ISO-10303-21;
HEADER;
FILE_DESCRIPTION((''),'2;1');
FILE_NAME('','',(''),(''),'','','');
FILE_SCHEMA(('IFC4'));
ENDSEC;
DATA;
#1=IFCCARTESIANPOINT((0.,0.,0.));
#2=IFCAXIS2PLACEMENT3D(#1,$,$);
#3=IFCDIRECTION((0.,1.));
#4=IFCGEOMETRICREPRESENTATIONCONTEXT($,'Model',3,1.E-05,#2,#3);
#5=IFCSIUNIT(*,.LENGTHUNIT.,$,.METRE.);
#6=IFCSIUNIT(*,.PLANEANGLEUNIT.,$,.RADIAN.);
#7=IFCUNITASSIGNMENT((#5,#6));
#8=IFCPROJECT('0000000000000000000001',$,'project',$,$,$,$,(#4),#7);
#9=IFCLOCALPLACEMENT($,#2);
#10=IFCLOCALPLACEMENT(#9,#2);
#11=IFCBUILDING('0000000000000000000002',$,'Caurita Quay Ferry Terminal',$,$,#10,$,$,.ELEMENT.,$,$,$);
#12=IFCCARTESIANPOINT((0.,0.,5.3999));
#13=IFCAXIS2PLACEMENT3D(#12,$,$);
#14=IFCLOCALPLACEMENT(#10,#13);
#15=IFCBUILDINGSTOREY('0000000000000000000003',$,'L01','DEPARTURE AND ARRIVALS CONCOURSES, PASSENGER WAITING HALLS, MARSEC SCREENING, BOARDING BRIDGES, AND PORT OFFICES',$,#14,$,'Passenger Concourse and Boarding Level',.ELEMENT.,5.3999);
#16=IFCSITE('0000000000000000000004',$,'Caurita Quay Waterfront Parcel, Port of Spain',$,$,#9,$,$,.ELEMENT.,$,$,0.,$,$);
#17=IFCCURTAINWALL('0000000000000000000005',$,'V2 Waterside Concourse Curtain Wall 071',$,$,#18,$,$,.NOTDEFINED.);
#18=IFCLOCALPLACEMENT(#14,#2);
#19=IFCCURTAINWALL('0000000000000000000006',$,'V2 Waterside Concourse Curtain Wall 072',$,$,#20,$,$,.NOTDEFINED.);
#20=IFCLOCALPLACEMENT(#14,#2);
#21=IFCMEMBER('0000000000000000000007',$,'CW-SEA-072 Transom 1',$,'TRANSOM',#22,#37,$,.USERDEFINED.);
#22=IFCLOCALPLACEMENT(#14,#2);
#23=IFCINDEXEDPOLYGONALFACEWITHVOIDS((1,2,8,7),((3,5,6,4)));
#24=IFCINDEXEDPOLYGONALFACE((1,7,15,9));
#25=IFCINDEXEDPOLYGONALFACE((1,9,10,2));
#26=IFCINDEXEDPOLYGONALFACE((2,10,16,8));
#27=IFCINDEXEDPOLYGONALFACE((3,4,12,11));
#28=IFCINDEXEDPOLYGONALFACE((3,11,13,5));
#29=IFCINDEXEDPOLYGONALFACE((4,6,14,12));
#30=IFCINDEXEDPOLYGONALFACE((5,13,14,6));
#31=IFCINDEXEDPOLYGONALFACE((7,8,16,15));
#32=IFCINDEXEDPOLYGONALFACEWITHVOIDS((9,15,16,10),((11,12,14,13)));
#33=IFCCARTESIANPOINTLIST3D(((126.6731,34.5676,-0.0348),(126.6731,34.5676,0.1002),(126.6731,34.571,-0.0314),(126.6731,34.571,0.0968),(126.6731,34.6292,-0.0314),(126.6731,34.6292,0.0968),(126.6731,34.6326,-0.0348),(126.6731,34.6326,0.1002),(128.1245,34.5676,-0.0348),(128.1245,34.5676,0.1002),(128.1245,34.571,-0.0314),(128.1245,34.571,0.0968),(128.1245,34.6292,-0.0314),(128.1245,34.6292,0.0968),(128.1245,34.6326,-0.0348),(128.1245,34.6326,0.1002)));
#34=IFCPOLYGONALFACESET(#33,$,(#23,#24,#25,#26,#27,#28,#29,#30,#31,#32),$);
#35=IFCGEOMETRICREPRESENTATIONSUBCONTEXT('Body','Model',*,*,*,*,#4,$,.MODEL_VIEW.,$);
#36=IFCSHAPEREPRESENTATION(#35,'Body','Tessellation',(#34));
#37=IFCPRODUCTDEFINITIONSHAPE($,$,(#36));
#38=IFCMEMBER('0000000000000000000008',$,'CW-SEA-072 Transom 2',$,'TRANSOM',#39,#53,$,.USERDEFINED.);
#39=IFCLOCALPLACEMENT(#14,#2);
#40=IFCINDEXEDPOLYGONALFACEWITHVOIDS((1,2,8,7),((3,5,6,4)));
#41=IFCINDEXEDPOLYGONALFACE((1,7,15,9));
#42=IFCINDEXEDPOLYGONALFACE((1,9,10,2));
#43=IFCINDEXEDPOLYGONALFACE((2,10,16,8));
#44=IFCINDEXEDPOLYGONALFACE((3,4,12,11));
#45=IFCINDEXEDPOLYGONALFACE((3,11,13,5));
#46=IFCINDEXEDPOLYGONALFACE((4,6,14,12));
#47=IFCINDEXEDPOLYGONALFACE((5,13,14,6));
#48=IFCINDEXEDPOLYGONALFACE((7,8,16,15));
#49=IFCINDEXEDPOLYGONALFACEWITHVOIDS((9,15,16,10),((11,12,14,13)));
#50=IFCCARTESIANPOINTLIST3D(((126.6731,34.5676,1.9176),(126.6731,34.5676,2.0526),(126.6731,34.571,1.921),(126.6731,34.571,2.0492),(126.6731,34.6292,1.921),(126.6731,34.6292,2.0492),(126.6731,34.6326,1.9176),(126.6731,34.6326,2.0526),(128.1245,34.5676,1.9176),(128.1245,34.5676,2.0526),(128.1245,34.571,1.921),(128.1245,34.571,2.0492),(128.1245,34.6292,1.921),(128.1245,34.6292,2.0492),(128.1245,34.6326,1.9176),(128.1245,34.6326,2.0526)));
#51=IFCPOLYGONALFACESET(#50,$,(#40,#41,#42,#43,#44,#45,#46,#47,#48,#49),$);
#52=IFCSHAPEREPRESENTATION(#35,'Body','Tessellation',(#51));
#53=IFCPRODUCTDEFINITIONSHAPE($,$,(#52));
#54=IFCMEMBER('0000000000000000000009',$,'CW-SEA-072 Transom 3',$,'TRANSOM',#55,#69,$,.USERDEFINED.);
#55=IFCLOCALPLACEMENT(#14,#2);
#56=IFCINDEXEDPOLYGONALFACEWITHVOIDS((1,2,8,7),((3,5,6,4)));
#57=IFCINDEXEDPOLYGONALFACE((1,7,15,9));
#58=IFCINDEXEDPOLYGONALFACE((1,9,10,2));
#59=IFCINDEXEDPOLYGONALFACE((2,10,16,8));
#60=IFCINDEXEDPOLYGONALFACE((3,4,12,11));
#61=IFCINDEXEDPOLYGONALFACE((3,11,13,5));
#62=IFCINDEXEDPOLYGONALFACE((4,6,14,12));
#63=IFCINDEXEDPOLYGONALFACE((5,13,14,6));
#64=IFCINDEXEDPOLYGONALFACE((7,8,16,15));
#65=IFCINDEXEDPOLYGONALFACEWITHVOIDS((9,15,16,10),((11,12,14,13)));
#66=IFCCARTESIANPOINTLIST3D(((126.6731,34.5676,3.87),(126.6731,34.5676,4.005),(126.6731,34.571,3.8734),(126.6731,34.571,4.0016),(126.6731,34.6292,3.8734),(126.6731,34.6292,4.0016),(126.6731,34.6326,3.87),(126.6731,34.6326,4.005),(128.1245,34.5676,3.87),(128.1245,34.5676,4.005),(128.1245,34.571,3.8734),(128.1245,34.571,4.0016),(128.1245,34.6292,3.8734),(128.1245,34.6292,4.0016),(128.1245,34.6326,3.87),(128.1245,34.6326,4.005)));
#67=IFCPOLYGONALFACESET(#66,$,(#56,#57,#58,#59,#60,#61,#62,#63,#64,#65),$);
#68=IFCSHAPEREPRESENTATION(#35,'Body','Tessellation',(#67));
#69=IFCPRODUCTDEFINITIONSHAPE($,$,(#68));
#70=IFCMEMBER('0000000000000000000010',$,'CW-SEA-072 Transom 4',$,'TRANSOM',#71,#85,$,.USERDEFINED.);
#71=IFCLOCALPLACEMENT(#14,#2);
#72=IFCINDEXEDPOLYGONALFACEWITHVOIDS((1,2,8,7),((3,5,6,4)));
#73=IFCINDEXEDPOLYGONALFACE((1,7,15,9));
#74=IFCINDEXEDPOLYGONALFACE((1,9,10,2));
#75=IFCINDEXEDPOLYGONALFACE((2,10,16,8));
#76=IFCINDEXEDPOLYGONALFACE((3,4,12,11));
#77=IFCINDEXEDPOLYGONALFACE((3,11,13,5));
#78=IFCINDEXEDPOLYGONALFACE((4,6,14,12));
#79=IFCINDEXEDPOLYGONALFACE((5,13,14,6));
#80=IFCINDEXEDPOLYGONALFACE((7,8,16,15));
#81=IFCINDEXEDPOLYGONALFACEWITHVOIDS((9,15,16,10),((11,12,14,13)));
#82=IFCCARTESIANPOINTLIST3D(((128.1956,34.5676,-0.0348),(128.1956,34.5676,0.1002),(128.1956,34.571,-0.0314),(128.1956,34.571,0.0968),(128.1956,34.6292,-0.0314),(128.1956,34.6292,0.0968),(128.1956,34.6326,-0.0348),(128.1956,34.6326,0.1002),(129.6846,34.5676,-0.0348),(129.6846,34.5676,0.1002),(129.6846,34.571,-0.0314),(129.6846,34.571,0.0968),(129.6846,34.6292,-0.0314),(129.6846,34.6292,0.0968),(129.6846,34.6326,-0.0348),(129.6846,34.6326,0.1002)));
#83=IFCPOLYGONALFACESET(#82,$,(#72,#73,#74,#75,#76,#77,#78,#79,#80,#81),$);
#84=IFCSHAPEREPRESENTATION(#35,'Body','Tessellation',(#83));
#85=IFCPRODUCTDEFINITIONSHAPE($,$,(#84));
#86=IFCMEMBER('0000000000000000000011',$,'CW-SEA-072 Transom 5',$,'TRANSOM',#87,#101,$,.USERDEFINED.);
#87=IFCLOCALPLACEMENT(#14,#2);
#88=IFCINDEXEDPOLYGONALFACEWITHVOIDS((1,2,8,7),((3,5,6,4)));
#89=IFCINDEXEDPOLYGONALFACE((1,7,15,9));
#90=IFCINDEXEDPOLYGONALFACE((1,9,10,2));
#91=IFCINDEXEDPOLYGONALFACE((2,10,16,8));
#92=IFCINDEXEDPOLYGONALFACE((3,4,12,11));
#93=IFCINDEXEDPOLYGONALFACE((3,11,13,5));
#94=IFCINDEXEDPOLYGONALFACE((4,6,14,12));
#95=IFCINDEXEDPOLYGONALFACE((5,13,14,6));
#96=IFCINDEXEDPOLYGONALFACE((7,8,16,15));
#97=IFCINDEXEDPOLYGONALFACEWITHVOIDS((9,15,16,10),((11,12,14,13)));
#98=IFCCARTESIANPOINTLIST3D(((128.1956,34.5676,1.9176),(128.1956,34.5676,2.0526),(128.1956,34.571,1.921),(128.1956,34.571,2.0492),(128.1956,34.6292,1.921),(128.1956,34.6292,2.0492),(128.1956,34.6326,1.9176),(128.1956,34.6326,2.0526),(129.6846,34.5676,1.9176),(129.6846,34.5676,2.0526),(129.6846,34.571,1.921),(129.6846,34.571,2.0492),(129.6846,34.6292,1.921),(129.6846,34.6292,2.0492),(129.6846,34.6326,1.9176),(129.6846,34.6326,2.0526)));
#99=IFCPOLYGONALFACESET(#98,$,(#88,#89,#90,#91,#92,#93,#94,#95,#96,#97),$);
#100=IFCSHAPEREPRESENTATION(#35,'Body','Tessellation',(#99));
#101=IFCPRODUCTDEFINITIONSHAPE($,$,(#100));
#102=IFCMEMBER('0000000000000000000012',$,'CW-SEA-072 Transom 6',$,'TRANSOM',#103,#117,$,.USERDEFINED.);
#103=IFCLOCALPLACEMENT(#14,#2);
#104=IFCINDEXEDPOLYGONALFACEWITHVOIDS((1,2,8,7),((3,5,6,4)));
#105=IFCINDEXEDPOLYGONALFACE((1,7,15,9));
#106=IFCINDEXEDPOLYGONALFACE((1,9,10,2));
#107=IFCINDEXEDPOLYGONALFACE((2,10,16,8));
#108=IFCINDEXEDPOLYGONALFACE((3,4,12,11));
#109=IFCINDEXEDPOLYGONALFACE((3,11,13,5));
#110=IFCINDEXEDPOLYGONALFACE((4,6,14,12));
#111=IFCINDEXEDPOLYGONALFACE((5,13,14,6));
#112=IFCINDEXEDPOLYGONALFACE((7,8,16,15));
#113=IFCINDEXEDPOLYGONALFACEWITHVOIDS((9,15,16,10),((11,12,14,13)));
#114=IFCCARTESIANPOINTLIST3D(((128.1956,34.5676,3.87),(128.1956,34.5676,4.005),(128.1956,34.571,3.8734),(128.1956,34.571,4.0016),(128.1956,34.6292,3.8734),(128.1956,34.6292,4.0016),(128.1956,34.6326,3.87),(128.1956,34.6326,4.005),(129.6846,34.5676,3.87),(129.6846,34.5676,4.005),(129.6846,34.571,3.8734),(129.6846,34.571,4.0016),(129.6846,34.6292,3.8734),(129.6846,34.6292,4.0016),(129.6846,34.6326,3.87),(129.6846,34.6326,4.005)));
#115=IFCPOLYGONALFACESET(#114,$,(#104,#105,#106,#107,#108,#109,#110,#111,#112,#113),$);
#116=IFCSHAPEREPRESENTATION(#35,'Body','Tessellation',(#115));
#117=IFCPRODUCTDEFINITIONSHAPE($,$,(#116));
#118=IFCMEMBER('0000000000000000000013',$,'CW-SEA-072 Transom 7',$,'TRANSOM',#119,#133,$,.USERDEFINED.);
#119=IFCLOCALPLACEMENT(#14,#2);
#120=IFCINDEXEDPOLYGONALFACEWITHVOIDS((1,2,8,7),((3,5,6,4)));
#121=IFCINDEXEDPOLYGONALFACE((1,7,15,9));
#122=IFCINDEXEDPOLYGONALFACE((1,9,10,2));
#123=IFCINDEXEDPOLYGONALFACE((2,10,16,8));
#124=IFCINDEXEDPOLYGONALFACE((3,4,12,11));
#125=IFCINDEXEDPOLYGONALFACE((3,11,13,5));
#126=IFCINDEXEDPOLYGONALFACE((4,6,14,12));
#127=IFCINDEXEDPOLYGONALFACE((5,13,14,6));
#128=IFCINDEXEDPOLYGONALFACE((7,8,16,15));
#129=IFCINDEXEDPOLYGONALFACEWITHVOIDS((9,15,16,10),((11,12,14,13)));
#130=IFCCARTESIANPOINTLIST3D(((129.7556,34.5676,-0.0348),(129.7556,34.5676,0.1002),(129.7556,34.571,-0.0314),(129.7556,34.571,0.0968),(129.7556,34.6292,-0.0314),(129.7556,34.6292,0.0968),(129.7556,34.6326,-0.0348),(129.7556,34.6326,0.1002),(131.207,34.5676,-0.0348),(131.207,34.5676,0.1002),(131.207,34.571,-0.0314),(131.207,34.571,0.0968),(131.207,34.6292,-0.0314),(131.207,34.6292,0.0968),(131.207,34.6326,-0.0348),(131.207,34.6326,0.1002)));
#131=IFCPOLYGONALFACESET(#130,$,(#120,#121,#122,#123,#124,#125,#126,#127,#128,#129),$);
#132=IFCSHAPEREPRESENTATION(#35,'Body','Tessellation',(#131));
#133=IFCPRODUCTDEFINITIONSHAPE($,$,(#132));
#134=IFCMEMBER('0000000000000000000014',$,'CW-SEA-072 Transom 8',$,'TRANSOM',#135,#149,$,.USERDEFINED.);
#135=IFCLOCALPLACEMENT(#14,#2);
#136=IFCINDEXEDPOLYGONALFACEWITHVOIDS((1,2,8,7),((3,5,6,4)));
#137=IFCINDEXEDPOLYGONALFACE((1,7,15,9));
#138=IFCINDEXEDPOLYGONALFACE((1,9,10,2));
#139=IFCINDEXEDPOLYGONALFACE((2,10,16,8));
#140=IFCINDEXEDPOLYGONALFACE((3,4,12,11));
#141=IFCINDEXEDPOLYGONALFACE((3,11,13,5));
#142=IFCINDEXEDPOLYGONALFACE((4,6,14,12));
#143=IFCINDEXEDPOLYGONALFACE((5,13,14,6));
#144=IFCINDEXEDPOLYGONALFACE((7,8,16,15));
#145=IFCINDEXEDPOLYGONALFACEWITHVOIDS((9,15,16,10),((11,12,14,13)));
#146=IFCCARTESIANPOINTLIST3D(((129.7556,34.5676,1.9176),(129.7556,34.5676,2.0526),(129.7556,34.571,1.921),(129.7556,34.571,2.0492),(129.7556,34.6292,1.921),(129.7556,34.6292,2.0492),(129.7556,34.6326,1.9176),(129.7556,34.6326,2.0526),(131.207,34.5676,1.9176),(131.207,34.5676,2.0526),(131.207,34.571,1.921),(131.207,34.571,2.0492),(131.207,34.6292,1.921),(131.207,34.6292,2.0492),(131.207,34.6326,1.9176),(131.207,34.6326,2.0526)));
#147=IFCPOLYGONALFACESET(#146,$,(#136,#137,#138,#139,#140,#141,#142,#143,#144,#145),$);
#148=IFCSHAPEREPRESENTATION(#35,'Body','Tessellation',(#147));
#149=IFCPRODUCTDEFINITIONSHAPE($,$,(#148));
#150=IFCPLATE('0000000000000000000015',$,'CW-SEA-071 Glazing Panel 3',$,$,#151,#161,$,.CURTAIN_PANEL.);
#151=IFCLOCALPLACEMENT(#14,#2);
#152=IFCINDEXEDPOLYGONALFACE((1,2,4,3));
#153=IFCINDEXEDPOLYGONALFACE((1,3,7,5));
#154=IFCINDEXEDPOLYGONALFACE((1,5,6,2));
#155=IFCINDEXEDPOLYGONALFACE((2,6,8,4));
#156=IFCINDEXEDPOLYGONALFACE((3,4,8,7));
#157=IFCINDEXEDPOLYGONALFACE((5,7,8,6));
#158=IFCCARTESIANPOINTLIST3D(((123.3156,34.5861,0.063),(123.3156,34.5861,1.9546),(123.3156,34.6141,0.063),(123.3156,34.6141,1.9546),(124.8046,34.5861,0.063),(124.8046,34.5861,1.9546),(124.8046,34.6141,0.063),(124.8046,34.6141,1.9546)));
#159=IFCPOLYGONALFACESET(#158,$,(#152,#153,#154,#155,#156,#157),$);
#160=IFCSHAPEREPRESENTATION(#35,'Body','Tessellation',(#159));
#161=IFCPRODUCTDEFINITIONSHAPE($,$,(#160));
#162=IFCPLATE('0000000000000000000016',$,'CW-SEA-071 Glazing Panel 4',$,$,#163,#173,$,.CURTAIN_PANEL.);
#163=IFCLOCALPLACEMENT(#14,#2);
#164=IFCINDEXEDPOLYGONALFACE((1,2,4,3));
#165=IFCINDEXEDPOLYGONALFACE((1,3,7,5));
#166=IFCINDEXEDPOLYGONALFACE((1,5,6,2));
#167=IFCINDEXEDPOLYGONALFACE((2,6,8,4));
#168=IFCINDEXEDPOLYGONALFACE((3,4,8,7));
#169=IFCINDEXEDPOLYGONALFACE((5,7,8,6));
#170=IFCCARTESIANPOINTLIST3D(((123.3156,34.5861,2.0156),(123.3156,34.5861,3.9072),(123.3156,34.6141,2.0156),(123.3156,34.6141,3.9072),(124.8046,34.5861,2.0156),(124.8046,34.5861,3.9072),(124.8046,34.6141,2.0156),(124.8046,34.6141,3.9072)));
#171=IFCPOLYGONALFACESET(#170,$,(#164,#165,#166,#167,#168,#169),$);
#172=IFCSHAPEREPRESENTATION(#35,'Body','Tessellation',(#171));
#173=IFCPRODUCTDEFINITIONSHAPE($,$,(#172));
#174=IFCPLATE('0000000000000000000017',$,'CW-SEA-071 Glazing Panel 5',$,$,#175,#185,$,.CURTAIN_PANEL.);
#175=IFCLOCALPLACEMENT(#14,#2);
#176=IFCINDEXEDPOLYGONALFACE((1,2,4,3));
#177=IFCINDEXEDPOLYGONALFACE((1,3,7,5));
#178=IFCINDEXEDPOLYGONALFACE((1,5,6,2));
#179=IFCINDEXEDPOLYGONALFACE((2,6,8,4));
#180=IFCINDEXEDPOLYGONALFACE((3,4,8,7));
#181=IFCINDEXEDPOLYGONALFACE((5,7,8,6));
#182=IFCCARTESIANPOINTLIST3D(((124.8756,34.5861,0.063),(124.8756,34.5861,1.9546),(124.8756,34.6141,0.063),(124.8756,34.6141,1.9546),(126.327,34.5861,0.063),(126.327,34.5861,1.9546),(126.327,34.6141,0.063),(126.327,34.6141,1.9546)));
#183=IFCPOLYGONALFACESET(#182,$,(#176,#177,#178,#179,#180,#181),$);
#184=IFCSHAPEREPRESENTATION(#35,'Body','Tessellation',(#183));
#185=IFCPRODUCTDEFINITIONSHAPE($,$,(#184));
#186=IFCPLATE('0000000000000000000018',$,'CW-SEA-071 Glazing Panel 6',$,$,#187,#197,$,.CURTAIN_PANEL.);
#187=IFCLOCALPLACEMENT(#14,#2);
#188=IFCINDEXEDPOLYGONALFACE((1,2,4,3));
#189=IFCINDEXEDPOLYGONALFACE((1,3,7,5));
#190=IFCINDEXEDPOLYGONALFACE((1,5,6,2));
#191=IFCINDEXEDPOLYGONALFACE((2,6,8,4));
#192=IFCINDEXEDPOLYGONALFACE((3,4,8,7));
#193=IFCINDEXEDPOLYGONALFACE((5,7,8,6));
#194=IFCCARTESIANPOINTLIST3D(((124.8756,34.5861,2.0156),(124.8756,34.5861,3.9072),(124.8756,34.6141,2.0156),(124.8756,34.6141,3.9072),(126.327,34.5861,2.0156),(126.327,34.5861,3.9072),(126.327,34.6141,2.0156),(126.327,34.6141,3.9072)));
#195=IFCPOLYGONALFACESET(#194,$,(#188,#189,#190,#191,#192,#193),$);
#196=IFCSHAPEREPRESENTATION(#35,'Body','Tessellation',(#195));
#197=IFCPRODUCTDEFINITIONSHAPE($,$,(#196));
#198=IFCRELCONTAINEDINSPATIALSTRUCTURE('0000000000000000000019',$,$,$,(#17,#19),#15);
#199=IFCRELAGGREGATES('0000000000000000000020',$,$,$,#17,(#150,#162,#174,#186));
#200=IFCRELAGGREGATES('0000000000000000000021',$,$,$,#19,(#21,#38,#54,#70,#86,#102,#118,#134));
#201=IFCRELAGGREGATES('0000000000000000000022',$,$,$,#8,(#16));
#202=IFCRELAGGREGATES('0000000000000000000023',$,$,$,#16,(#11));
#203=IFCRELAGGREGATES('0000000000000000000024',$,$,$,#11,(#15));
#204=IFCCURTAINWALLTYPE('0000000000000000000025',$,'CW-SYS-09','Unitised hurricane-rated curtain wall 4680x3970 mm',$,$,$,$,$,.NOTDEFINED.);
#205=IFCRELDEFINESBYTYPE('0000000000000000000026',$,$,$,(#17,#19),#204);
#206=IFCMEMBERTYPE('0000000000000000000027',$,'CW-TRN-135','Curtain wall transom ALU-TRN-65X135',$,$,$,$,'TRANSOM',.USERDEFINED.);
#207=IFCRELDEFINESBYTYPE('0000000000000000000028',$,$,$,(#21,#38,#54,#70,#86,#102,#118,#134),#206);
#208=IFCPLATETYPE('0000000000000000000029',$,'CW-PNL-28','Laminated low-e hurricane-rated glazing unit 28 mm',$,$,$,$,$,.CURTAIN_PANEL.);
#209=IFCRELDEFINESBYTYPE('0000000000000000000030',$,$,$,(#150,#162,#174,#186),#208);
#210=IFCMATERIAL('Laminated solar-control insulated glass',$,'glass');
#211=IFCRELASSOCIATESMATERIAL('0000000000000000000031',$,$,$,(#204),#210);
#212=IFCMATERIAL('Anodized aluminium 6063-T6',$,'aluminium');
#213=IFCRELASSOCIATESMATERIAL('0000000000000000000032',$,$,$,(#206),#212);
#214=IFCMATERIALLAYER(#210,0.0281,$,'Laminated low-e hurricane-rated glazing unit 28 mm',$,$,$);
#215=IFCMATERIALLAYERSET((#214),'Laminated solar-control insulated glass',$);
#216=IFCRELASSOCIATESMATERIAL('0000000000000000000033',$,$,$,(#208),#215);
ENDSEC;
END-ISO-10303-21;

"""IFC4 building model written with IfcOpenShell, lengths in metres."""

from ifc_helpers import new_model, si_unit, direction, frame, origin, origin_2d, place, context, subcontext, project, spatial, rectangle, hollow_rectangle, extrude, material, layer, layer_set, material_profile, profile_set, type_object, element, aggregate, save


model = new_model("IFC4")

# Units and contexts
model_context = context("Model", 3, precision=1e-05, world=origin(), true_north=direction((0.0, 1.0)))
body_context = subcontext(model_context, "Body", "Model", "MODEL_VIEW")
ifc_project = project(units=[si_unit("LENGTHUNIT", "METRE"), si_unit("PLANEANGLEUNIT", "RADIAN")], contexts=[model_context])

# Site, building, storey
site_placement = place(None, origin())
site = spatial("IfcSite", under=ifc_project, at=site_placement, Name="Caurita Quay Waterfront Parcel, Port of Spain", CompositionType="ELEMENT", RefElevation=0.0)
building_placement = place(site_placement, origin())
building = spatial("IfcBuilding", under=site, at=building_placement, Name="Caurita Quay Ferry Terminal", CompositionType="ELEMENT")
storey_placement = place(building_placement, frame((0.0, 0.0, 5.3999)))
storey = spatial("IfcBuildingStorey", under=building, at=storey_placement, Name="L01", Description="DEPARTURE AND ARRIVALS CONCOURSES, PASSENGER WAITING HALLS, MARSEC SCREENING, BOARDING BRIDGES, AND PORT OFFICES", LongName="Passenger Concourse and Boarding Level", CompositionType="ELEMENT", Elevation=5.3999)

# Curtain walls
ifc_material_1 = material(Name="Laminated solar-control insulated glass", Category="glass")
curtain_wall_type = type_object("IfcCurtainWallType", Name="CW-SYS-09", Description="Unitised hurricane-rated curtain wall 4680x3970 mm", PredefinedType="NOTDEFINED", material=ifc_material_1)
curtain_wall_1_placement = place(storey_placement, origin())
curtain_wall_1 = element("IfcCurtainWall", 1, at=curtain_wall_1_placement, inside=storey, type_object=curtain_wall_type, Name="V2 Waterside Concourse Curtain Wall 071", PredefinedType="NOTDEFINED")
ifc_material_2 = material(Name="Anodized aluminium 6063-T6", Category="aluminium")
curtain_wall_2_placement = place(storey_placement, origin())
curtain_wall_2 = element("IfcCurtainWall", 2, at=curtain_wall_2_placement, inside=storey, type_object=curtain_wall_type, Name="V2 Waterside Concourse Curtain Wall 072", PredefinedType="NOTDEFINED")

# Members
ifc_material_profile_1 = material_profile(ifc_material_2, hollow_rectangle(XDim=0.0649, YDim=0.135, WallThickness=0.0034, at=origin_2d()), Name="ALU-TRN-65X135")
ifc_profile_set_1 = profile_set([ifc_material_profile_1], Name="Anodized aluminium 6063-T6")
member_type_1 = type_object("IfcMemberType", Name="CW-TRN-135", Description="Curtain wall transom ALU-TRN-65X135", ElementType="TRANSOM", PredefinedType="USERDEFINED", material=ifc_profile_set_1)
member_1_placement = place(storey_placement, frame((126.6731, 34.6001, 0.0327), z_axis=(1.0, 0.0, 0.0), x_axis=(0.0, 1.0, 0.0)))
member_1 = element("IfcMember", 3, at=member_1_placement, type_object=member_type_1, Name="CW-SEA-072 Transom 1", ObjectType="TRANSOM", PredefinedType="USERDEFINED", context=body_context, shape_type="SweptSolid", body=[
    extrude(hollow_rectangle(XDim=0.0649, YDim=0.135, WallThickness=0.0034, at=origin_2d()), origin(), (0.0, 0.0, 1.0), 1.4514),
])
member_2_placement = place(storey_placement, frame((126.6731, 34.6001, 1.9851), z_axis=(1.0, 0.0, 0.0), x_axis=(0.0, 1.0, 0.0)))
member_2 = element("IfcMember", 4, at=member_2_placement, type_object=member_type_1, Name="CW-SEA-072 Transom 2", ObjectType="TRANSOM", PredefinedType="USERDEFINED", context=body_context, shape_type="SweptSolid", body=[
    extrude(hollow_rectangle(XDim=0.0649, YDim=0.135, WallThickness=0.0034, at=origin_2d()), origin(), (0.0, 0.0, 1.0), 1.4514),
])
member_3_placement = place(storey_placement, frame((126.6731, 34.6001, 3.9375), z_axis=(1.0, 0.0, 0.0), x_axis=(0.0, 1.0, 0.0)))
member_3 = element("IfcMember", 5, at=member_3_placement, type_object=member_type_1, Name="CW-SEA-072 Transom 3", ObjectType="TRANSOM", PredefinedType="USERDEFINED", context=body_context, shape_type="SweptSolid", body=[
    extrude(hollow_rectangle(XDim=0.0649, YDim=0.135, WallThickness=0.0034, at=origin_2d()), origin(), (0.0, 0.0, 1.0), 1.4514),
])
member_4_placement = place(storey_placement, frame((128.1956, 34.6001, 0.0327), z_axis=(1.0, 0.0, 0.0), x_axis=(0.0, 1.0, 0.0)))
member_4 = element("IfcMember", 6, at=member_4_placement, type_object=member_type_1, Name="CW-SEA-072 Transom 4", ObjectType="TRANSOM", PredefinedType="USERDEFINED", context=body_context, shape_type="SweptSolid", body=[
    extrude(hollow_rectangle(XDim=0.0649, YDim=0.135, WallThickness=0.0034, at=origin_2d()), origin(), (0.0, 0.0, 1.0), 1.489),
])
member_5_placement = place(storey_placement, frame((128.1956, 34.6001, 1.9851), z_axis=(1.0, 0.0, 0.0), x_axis=(0.0, 1.0, 0.0)))
member_5 = element("IfcMember", 7, at=member_5_placement, type_object=member_type_1, Name="CW-SEA-072 Transom 5", ObjectType="TRANSOM", PredefinedType="USERDEFINED", context=body_context, shape_type="SweptSolid", body=[
    extrude(hollow_rectangle(XDim=0.0649, YDim=0.135, WallThickness=0.0034, at=origin_2d()), origin(), (0.0, 0.0, 1.0), 1.489),
])
member_6_placement = place(storey_placement, frame((128.1956, 34.6001, 3.9375), z_axis=(1.0, 0.0, 0.0), x_axis=(0.0, 1.0, 0.0)))
member_6 = element("IfcMember", 8, at=member_6_placement, type_object=member_type_1, Name="CW-SEA-072 Transom 6", ObjectType="TRANSOM", PredefinedType="USERDEFINED", context=body_context, shape_type="SweptSolid", body=[
    extrude(hollow_rectangle(XDim=0.0649, YDim=0.135, WallThickness=0.0034, at=origin_2d()), origin(), (0.0, 0.0, 1.0), 1.489),
])
member_7_placement = place(storey_placement, frame((129.7556, 34.6001, 0.0327), z_axis=(1.0, 0.0, 0.0), x_axis=(0.0, 1.0, 0.0)))
member_7 = element("IfcMember", 9, at=member_7_placement, type_object=member_type_1, Name="CW-SEA-072 Transom 7", ObjectType="TRANSOM", PredefinedType="USERDEFINED", context=body_context, shape_type="SweptSolid", body=[
    extrude(hollow_rectangle(XDim=0.0649, YDim=0.135, WallThickness=0.0034, at=origin_2d()), origin(), (0.0, 0.0, 1.0), 1.4514),
])
member_8_placement = place(storey_placement, frame((129.7556, 34.6001, 1.9851), z_axis=(1.0, 0.0, 0.0), x_axis=(0.0, 1.0, 0.0)))
member_8 = element("IfcMember", 10, at=member_8_placement, type_object=member_type_1, Name="CW-SEA-072 Transom 8", ObjectType="TRANSOM", PredefinedType="USERDEFINED", context=body_context, shape_type="SweptSolid", body=[
    extrude(hollow_rectangle(XDim=0.0649, YDim=0.135, WallThickness=0.0034, at=origin_2d()), origin(), (0.0, 0.0, 1.0), 1.4514),
])

# Plates
ifc_layer = layer(ifc_material_1, 0.0281, Name="Laminated low-e hurricane-rated glazing unit 28 mm")
ifc_layer_set = layer_set([ifc_layer], Name="Laminated solar-control insulated glass")
plate_type = type_object("IfcPlateType", Name="CW-PNL-28", Description="Laminated low-e hurricane-rated glazing unit 28 mm", PredefinedType="CURTAIN_PANEL", material=ifc_layer_set)
plate_1_placement = place(storey_placement, frame((124.0601, 34.6001, 0.063), z_axis=(0.0, 0.0, 1.0), x_axis=(1.0, 0.0, 0.0)))
plate_1 = element("IfcPlate", 11, at=plate_1_placement, type_object=plate_type, Name="CW-SEA-071 Glazing Panel 3", PredefinedType="CURTAIN_PANEL", context=body_context, shape_type="SweptSolid", body=[
    extrude(rectangle(XDim=1.489, YDim=0.0281, at=origin_2d()), origin(), (0.0, 0.0, 1.0), 1.8916),
])
plate_2_placement = place(storey_placement, frame((124.0601, 34.6001, 2.0156), z_axis=(0.0, 0.0, 1.0), x_axis=(1.0, 0.0, 0.0)))
plate_2 = element("IfcPlate", 12, at=plate_2_placement, type_object=plate_type, Name="CW-SEA-071 Glazing Panel 4", PredefinedType="CURTAIN_PANEL", context=body_context, shape_type="SweptSolid", body=[
    extrude(rectangle(XDim=1.489, YDim=0.0281, at=origin_2d()), origin(), (0.0, 0.0, 1.0), 1.8916),
])
plate_3_placement = place(storey_placement, frame((125.6013, 34.6001, 0.063), z_axis=(0.0, 0.0, 1.0), x_axis=(1.0, 0.0, 0.0)))
plate_3 = element("IfcPlate", 13, at=plate_3_placement, type_object=plate_type, Name="CW-SEA-071 Glazing Panel 5", PredefinedType="CURTAIN_PANEL", context=body_context, shape_type="SweptSolid", body=[
    extrude(rectangle(XDim=1.4514, YDim=0.0281, at=origin_2d()), origin(), (0.0, 0.0, 1.0), 1.8916),
])
plate_4_placement = place(storey_placement, frame((125.6013, 34.6001, 2.0156), z_axis=(0.0, 0.0, 1.0), x_axis=(1.0, 0.0, 0.0)))
plate_4 = element("IfcPlate", 14, at=plate_4_placement, type_object=plate_type, Name="CW-SEA-071 Glazing Panel 6", PredefinedType="CURTAIN_PANEL", context=body_context, shape_type="SweptSolid", body=[
    extrude(rectangle(XDim=1.4514, YDim=0.0281, at=origin_2d()), origin(), (0.0, 0.0, 1.0), 1.8916),
])
aggregate(curtain_wall_1, [plate_1, plate_2, plate_3, plate_4])
aggregate(curtain_wall_2, [member_1, member_2, member_3, member_4, member_5, member_6, member_7, member_8])

save(model, "model.ifc")
